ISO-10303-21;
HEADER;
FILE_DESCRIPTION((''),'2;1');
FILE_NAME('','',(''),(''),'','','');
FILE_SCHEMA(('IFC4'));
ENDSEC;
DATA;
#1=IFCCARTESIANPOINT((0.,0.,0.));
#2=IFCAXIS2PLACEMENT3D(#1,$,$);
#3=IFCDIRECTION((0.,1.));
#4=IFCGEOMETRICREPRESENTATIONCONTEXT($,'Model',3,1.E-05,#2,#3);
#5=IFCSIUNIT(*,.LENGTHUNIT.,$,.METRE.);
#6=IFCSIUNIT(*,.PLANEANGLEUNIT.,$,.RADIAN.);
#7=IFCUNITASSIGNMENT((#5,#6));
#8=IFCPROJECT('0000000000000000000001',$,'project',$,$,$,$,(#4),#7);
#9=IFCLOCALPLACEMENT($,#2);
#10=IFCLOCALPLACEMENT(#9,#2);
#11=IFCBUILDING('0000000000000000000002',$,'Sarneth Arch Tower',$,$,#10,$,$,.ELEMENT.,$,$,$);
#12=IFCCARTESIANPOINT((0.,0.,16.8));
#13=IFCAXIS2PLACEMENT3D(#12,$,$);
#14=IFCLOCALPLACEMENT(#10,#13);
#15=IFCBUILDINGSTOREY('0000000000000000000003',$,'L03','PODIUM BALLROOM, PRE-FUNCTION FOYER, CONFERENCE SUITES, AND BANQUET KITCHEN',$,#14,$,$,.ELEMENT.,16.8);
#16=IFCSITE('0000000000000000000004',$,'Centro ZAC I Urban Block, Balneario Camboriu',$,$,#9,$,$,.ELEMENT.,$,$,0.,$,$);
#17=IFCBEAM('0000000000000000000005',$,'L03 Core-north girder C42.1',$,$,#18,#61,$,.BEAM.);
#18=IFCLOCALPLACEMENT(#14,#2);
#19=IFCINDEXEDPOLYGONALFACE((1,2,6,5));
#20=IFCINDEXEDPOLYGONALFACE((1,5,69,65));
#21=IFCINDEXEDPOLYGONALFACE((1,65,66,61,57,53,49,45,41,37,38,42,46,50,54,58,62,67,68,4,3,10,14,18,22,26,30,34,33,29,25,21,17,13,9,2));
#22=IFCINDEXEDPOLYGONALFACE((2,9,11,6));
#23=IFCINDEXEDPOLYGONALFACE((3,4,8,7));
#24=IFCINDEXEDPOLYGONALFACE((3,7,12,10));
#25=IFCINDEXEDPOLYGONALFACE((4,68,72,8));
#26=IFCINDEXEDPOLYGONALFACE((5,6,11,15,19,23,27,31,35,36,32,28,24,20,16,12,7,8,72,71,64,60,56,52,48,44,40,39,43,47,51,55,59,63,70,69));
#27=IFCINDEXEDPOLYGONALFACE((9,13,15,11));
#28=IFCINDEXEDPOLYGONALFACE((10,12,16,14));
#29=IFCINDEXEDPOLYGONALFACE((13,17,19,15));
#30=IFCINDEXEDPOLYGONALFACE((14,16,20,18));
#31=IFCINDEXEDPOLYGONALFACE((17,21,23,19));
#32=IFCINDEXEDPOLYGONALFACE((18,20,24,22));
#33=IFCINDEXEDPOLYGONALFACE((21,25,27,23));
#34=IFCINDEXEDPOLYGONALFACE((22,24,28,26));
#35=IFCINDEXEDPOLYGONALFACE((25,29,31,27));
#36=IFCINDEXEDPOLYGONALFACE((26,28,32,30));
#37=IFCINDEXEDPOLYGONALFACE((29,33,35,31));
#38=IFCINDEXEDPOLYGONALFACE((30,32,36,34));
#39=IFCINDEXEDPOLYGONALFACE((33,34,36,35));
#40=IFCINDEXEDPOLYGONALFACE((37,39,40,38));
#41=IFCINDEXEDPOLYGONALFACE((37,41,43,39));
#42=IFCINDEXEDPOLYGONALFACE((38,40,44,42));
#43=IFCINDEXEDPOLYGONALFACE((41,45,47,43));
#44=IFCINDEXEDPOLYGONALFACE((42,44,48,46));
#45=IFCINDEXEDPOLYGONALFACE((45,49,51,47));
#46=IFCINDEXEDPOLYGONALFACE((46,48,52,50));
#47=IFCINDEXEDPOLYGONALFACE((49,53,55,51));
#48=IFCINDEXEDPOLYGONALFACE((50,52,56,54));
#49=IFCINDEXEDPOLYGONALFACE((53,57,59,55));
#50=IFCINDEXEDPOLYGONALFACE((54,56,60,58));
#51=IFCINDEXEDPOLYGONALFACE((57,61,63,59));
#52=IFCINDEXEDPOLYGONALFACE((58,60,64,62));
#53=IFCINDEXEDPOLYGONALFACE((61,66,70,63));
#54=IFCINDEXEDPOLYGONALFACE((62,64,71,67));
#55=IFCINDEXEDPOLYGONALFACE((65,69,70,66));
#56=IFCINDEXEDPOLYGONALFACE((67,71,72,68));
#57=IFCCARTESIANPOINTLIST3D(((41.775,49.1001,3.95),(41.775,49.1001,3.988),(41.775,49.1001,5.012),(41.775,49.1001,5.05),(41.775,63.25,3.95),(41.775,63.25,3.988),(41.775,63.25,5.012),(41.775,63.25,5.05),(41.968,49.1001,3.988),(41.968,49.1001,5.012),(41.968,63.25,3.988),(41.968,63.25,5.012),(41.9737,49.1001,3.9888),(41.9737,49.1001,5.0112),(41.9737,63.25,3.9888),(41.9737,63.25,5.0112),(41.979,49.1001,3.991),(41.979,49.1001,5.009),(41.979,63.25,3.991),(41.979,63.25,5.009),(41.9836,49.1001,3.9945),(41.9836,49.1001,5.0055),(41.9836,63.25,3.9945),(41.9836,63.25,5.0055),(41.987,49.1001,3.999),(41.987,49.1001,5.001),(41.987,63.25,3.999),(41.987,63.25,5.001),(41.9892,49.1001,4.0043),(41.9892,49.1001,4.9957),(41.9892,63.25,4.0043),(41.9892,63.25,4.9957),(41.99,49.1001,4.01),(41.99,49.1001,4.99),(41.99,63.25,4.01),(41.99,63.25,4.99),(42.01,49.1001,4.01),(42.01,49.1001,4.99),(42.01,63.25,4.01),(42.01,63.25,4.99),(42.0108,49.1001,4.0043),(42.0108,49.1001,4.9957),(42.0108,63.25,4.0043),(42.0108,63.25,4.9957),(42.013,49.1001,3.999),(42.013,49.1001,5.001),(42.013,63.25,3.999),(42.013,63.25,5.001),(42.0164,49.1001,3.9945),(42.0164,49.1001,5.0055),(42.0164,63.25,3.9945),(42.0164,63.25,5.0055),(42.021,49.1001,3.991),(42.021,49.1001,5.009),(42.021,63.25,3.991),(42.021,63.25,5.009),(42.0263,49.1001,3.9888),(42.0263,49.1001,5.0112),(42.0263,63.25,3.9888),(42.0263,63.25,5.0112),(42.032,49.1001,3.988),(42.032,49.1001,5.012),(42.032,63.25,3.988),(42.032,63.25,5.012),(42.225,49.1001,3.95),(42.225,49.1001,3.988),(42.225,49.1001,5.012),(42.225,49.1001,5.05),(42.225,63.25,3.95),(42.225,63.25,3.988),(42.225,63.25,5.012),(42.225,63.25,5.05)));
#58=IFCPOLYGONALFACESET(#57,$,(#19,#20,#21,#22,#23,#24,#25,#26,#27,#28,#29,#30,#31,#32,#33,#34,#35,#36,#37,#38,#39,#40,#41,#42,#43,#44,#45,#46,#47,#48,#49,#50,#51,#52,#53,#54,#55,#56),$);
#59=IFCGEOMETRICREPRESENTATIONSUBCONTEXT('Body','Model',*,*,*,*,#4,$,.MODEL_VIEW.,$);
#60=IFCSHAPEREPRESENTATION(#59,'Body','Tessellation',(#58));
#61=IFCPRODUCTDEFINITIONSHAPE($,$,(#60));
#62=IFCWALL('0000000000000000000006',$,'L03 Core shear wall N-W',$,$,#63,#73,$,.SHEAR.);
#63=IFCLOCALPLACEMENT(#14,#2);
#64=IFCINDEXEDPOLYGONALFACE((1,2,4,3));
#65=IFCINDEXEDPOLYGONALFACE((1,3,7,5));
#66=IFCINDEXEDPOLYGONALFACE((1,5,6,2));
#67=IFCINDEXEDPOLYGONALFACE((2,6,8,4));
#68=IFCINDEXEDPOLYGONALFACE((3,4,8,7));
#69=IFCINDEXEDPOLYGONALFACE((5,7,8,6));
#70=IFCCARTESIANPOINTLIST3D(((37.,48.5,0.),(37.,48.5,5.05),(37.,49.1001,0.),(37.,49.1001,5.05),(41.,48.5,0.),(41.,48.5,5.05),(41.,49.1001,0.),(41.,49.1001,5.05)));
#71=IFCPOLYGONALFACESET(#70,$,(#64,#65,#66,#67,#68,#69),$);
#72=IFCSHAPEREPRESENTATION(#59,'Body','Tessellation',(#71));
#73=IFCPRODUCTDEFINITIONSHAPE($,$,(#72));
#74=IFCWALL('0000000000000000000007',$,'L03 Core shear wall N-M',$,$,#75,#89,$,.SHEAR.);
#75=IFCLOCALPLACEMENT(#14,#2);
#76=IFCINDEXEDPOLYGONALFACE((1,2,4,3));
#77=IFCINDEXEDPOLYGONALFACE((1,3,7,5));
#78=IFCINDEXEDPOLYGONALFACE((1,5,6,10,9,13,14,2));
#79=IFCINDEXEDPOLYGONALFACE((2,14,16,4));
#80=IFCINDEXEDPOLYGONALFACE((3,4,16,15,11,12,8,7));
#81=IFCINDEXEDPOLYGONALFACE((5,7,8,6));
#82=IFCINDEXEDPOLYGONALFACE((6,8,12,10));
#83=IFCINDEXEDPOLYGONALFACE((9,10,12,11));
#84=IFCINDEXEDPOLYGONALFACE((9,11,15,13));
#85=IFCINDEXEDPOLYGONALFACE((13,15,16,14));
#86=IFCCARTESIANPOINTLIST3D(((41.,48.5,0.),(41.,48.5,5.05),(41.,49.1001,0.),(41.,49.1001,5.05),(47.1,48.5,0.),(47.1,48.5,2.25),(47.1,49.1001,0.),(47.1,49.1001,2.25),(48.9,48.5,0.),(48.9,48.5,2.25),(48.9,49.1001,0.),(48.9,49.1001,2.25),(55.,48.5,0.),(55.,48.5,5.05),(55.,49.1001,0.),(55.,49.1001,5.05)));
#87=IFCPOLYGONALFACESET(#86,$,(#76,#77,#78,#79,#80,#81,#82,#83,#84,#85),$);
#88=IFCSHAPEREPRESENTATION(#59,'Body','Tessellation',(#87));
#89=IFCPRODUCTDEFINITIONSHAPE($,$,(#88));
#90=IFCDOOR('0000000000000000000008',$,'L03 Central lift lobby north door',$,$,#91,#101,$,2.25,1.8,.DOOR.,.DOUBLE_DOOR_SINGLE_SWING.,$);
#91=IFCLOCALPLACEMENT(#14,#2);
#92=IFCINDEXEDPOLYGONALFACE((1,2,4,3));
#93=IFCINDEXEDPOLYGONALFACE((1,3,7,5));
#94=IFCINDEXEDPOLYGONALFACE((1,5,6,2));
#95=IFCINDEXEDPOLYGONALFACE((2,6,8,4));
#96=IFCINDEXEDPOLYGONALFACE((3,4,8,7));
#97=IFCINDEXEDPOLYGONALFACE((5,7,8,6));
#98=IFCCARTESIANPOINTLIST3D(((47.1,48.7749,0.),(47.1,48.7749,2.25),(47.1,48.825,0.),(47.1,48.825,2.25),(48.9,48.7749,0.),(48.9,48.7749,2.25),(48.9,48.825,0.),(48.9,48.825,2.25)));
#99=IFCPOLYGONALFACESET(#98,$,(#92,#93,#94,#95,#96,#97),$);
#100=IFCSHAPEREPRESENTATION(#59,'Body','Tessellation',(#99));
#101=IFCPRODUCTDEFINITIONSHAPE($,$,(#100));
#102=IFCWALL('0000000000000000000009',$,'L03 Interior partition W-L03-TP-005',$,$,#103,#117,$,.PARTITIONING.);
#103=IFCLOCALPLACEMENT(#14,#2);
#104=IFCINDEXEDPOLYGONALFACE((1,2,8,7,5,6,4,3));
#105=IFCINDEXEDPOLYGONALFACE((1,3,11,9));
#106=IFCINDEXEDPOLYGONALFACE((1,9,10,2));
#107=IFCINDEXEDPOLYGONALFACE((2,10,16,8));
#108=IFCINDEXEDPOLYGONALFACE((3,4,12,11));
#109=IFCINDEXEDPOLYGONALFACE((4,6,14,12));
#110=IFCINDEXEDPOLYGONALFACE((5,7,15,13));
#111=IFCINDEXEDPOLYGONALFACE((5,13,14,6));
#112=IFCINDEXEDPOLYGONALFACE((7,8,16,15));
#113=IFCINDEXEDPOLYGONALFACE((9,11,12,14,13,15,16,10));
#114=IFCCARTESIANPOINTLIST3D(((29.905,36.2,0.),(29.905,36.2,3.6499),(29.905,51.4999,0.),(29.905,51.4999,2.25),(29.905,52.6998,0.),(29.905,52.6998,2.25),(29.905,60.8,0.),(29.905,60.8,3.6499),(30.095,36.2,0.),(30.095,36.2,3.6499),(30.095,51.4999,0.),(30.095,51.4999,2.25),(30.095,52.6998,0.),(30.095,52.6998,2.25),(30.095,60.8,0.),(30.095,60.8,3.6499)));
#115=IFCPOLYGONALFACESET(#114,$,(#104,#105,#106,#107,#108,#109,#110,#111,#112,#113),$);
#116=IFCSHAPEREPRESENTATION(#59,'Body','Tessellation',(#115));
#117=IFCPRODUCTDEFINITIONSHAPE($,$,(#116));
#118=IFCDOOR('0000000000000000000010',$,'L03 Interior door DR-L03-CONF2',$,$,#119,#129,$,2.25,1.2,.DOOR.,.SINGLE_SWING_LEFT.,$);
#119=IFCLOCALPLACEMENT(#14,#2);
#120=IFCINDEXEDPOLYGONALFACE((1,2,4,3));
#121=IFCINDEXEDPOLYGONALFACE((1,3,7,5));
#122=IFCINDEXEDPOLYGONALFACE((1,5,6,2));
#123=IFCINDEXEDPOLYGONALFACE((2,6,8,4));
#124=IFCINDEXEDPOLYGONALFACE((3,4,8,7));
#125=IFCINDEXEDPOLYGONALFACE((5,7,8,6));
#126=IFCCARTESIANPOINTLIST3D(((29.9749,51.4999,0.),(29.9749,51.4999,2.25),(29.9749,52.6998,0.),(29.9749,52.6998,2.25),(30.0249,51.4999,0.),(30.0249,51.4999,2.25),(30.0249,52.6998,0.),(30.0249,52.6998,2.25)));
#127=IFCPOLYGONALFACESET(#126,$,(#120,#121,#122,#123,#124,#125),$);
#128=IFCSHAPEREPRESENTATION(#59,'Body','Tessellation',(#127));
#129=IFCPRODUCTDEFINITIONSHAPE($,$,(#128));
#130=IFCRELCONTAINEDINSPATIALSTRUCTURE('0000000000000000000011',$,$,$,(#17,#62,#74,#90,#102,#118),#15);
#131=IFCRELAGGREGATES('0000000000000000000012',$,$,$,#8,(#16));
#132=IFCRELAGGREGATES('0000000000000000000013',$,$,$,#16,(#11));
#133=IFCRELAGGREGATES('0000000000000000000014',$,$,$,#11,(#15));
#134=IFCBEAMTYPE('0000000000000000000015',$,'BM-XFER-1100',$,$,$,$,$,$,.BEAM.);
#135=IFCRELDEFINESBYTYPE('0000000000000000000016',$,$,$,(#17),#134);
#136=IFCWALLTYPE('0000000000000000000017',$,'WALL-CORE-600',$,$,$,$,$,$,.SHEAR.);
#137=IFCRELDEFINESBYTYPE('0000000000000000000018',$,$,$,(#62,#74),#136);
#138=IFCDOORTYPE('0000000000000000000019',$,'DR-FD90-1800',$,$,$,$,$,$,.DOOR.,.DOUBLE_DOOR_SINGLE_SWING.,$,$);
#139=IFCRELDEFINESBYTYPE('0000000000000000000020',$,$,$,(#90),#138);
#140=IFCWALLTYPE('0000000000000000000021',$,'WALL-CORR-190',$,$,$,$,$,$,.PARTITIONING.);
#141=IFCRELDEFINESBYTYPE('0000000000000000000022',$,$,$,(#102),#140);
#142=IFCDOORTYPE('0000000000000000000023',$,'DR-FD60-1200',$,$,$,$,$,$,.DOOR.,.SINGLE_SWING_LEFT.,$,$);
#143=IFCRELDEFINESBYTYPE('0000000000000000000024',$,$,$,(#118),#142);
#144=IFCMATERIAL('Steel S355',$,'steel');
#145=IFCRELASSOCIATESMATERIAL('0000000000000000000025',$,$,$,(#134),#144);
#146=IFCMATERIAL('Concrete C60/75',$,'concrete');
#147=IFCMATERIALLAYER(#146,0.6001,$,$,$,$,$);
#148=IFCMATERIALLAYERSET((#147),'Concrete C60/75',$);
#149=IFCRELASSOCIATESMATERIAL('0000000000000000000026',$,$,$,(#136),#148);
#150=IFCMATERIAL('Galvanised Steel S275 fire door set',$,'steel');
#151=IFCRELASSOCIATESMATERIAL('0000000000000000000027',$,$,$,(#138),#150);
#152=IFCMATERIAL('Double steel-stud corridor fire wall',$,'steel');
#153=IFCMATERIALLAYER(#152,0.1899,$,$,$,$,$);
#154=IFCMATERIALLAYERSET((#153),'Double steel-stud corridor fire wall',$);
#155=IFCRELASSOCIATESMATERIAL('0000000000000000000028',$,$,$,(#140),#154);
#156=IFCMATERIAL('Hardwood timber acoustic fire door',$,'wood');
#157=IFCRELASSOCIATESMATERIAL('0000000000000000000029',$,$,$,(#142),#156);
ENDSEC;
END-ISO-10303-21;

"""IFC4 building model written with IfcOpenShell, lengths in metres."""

from ifc_helpers import new_model, si_unit, direction, frame, frame_2d, origin, origin_2d, place, context, subcontext, project, spatial, rectangle, i_section, extrude, material, layer, layer_set, material_profile, profile_set, type_object, element, fill, save


model = new_model("IFC4")

# Units and contexts
model_context = context("Model", 3, precision=1e-05, world=origin(), true_north=direction((0.0, 1.0)))
body_context = subcontext(model_context, "Body", "Model", "MODEL_VIEW")
ifc_project = project(units=[si_unit("LENGTHUNIT", "METRE"), si_unit("PLANEANGLEUNIT", "RADIAN")], contexts=[model_context])

# Site, building, storey
site_placement = place(None, origin())
site = spatial("IfcSite", under=ifc_project, at=site_placement, Name="Centro ZAC I Urban Block, Balneario Camboriu", CompositionType="ELEMENT", RefElevation=0.0)
building_placement = place(site_placement, origin())
building = spatial("IfcBuilding", under=site, at=building_placement, Name="Sarneth Arch Tower", CompositionType="ELEMENT")
storey_placement = place(building_placement, frame((0.0, 0.0, 16.8)))
storey = spatial("IfcBuildingStorey", under=building, at=storey_placement, Name="L03", Description="PODIUM BALLROOM, PRE-FUNCTION FOYER, CONFERENCE SUITES, AND BANQUET KITCHEN", CompositionType="ELEMENT", Elevation=16.8)

# Beam
ifc_material_1 = material(Name="Steel S355", Category="steel")
ifc_material_profile_1 = material_profile(ifc_material_1, i_section(OverallWidth=0.45, OverallDepth=1.1001, WebThickness=0.02, FlangeThickness=0.0381, FilletRadius=0.022, at=origin_2d()), Name="CVS1100x456")
ifc_profile_set_1 = profile_set([ifc_material_profile_1], Name="Steel S355")
beam_type = type_object("IfcBeamType", Name="BM-XFER-1100", PredefinedType="BEAM", material=ifc_profile_set_1)
beam_1_placement = place(storey_placement, frame((42.0, 49.1001, 4.5), z_axis=(0.0, 1.0, 0.0), x_axis=(-1.0, 0.0, 0.0)))
element("IfcBeam", 1, at=beam_1_placement, inside=storey, type_object=beam_type, Name="L03 Core-north girder C42.1", PredefinedType="BEAM", context=body_context, shape_type="SweptSolid", body=[
    extrude(i_section(OverallWidth=0.45, OverallDepth=1.1001, WebThickness=0.02, FlangeThickness=0.0381, FilletRadius=0.022, at=origin_2d()), origin(), (0.0, 0.0, 1.0), 14.1499),
])

# Wall
ifc_material_2 = material(Name="Concrete C60/75", Category="concrete")
ifc_layer_1 = layer(ifc_material_2, 0.6001)
ifc_layer_set_1 = layer_set([ifc_layer_1], Name="Concrete C60/75")
wall_type_1 = type_object("IfcWallType", Name="WALL-CORE-600", PredefinedType="SHEAR", material=ifc_layer_set_1)
wall_1_placement = place(storey_placement, frame((37.0, 48.8, 0.0), z_axis=(0.0, 0.0, 1.0), x_axis=(1.0, 0.0, 0.0)))
element("IfcWall", 2, at=wall_1_placement, inside=storey, type_object=wall_type_1, Name="L03 Core shear wall N-W", PredefinedType="SHEAR", context=body_context, shape_type="SweptSolid", body=[
    extrude(rectangle(XDim=4.0, YDim=0.6001, at=frame_2d((2.0, 0.0))), origin(), (0.0, 0.0, 1.0), 5.05),
])

# Walls, openings, doors
wall_2_placement = place(storey_placement, frame((41.0, 48.8, 0.0), z_axis=(0.0, 0.0, 1.0), x_axis=(1.0, 0.0, 0.0)))
wall_2 = element("IfcWall", 3, at=wall_2_placement, inside=storey, type_object=wall_type_1, Name="L03 Core shear wall N-M", PredefinedType="SHEAR", context=body_context, shape_type="SweptSolid", body=[
    extrude(rectangle(XDim=14.0, YDim=0.6001, at=frame_2d((7.0, 0.0))), origin(), (0.0, 0.0, 1.0), 5.05),
])
opening_1_placement = place(wall_2_placement, frame((6.1001, 0.0, 0.0)))
opening_1 = element("IfcOpeningElement", 4, at=opening_1_placement, cuts=wall_2, PredefinedType="OPENING", context=body_context, shape_type="SweptSolid", body=[
    extrude(rectangle(XDim=1.8, YDim=2.25, at=frame_2d((0.8999, 1.125))), frame((0.0, 0.3101, 0.0), z_axis=(0.0, -1.0, 0.0), x_axis=(1.0, 0.0, 0.0)), (0.0, 0.0, 1.0), 0.6201),
])
ifc_material_3 = material(Name="Galvanised Steel S275 fire door set", Category="steel")
door_type_1 = type_object("IfcDoorType", Name="DR-FD90-1800", OperationType="DOUBLE_DOOR_SINGLE_SWING", PredefinedType="DOOR", material=ifc_material_3)
door_1_placement = place(opening_1_placement, origin())
door_1 = element("IfcDoor", 5, at=door_1_placement, inside=storey, type_object=door_type_1, Name="L03 Central lift lobby north door", OperationType="DOUBLE_DOOR_SINGLE_SWING", OverallHeight=2.25, OverallWidth=1.8, PredefinedType="DOOR", context=body_context, shape_type="SweptSolid", body=[
    extrude(rectangle(XDim=1.8, YDim=2.25, at=frame_2d((0.8999, 1.125))), frame((0.0, 0.0249, 0.0), z_axis=(0.0, -1.0, 0.0), x_axis=(1.0, 0.0, 0.0)), (0.0, 0.0, 1.0), 0.05),
])
fill(opening_1, door_1)
ifc_material_4 = material(Name="Double steel-stud corridor fire wall", Category="steel")
ifc_layer_2 = layer(ifc_material_4, 0.1899)
ifc_layer_set_2 = layer_set([ifc_layer_2], Name="Double steel-stud corridor fire wall")
wall_type_2 = type_object("IfcWallType", Name="WALL-CORR-190", PredefinedType="PARTITIONING", material=ifc_layer_set_2)
wall_3_placement = place(storey_placement, frame((30.0, 60.8, 0.0), z_axis=(0.0, 0.0, 1.0), x_axis=(0.0, -1.0, 0.0)))
wall_3 = element("IfcWall", 6, at=wall_3_placement, inside=storey, type_object=wall_type_2, Name="L03 Interior partition W-L03-TP-005", PredefinedType="PARTITIONING", context=body_context, shape_type="SweptSolid", body=[
    extrude(rectangle(XDim=24.6001, YDim=0.1899, at=frame_2d((12.3, 0.0))), origin(), (0.0, 0.0, 1.0), 3.6499),
])
opening_2_placement = place(wall_3_placement, frame((8.1001, 0.0, 0.0)))
opening_2 = element("IfcOpeningElement", 7, at=opening_2_placement, cuts=wall_3, PredefinedType="OPENING", context=body_context, shape_type="SweptSolid", body=[
    extrude(rectangle(XDim=1.2, YDim=2.25, at=frame_2d((0.6001, 1.125))), frame((0.0, 0.105, 0.0), z_axis=(0.0, -1.0, 0.0), x_axis=(1.0, 0.0, 0.0)), (0.0, 0.0, 1.0), 0.21),
])
ifc_material_5 = material(Name="Hardwood timber acoustic fire door", Category="wood")
door_type_2 = type_object("IfcDoorType", Name="DR-FD60-1200", OperationType="SINGLE_SWING_LEFT", PredefinedType="DOOR", material=ifc_material_5)
door_2_placement = place(opening_2_placement, origin())
door_2 = element("IfcDoor", 8, at=door_2_placement, inside=storey, type_object=door_type_2, Name="L03 Interior door DR-L03-CONF2", OperationType="SINGLE_SWING_LEFT", OverallHeight=2.25, OverallWidth=1.2, PredefinedType="DOOR", context=body_context, shape_type="SweptSolid", body=[
    extrude(rectangle(XDim=1.2, YDim=2.25, at=frame_2d((0.6001, 1.125))), frame((0.0, 0.0249, 0.0), z_axis=(0.0, -1.0, 0.0), x_axis=(1.0, 0.0, 0.0)), (0.0, 0.0, 1.0), 0.05),
])
fill(opening_2, door_2)

save(model, "model.ifc")
